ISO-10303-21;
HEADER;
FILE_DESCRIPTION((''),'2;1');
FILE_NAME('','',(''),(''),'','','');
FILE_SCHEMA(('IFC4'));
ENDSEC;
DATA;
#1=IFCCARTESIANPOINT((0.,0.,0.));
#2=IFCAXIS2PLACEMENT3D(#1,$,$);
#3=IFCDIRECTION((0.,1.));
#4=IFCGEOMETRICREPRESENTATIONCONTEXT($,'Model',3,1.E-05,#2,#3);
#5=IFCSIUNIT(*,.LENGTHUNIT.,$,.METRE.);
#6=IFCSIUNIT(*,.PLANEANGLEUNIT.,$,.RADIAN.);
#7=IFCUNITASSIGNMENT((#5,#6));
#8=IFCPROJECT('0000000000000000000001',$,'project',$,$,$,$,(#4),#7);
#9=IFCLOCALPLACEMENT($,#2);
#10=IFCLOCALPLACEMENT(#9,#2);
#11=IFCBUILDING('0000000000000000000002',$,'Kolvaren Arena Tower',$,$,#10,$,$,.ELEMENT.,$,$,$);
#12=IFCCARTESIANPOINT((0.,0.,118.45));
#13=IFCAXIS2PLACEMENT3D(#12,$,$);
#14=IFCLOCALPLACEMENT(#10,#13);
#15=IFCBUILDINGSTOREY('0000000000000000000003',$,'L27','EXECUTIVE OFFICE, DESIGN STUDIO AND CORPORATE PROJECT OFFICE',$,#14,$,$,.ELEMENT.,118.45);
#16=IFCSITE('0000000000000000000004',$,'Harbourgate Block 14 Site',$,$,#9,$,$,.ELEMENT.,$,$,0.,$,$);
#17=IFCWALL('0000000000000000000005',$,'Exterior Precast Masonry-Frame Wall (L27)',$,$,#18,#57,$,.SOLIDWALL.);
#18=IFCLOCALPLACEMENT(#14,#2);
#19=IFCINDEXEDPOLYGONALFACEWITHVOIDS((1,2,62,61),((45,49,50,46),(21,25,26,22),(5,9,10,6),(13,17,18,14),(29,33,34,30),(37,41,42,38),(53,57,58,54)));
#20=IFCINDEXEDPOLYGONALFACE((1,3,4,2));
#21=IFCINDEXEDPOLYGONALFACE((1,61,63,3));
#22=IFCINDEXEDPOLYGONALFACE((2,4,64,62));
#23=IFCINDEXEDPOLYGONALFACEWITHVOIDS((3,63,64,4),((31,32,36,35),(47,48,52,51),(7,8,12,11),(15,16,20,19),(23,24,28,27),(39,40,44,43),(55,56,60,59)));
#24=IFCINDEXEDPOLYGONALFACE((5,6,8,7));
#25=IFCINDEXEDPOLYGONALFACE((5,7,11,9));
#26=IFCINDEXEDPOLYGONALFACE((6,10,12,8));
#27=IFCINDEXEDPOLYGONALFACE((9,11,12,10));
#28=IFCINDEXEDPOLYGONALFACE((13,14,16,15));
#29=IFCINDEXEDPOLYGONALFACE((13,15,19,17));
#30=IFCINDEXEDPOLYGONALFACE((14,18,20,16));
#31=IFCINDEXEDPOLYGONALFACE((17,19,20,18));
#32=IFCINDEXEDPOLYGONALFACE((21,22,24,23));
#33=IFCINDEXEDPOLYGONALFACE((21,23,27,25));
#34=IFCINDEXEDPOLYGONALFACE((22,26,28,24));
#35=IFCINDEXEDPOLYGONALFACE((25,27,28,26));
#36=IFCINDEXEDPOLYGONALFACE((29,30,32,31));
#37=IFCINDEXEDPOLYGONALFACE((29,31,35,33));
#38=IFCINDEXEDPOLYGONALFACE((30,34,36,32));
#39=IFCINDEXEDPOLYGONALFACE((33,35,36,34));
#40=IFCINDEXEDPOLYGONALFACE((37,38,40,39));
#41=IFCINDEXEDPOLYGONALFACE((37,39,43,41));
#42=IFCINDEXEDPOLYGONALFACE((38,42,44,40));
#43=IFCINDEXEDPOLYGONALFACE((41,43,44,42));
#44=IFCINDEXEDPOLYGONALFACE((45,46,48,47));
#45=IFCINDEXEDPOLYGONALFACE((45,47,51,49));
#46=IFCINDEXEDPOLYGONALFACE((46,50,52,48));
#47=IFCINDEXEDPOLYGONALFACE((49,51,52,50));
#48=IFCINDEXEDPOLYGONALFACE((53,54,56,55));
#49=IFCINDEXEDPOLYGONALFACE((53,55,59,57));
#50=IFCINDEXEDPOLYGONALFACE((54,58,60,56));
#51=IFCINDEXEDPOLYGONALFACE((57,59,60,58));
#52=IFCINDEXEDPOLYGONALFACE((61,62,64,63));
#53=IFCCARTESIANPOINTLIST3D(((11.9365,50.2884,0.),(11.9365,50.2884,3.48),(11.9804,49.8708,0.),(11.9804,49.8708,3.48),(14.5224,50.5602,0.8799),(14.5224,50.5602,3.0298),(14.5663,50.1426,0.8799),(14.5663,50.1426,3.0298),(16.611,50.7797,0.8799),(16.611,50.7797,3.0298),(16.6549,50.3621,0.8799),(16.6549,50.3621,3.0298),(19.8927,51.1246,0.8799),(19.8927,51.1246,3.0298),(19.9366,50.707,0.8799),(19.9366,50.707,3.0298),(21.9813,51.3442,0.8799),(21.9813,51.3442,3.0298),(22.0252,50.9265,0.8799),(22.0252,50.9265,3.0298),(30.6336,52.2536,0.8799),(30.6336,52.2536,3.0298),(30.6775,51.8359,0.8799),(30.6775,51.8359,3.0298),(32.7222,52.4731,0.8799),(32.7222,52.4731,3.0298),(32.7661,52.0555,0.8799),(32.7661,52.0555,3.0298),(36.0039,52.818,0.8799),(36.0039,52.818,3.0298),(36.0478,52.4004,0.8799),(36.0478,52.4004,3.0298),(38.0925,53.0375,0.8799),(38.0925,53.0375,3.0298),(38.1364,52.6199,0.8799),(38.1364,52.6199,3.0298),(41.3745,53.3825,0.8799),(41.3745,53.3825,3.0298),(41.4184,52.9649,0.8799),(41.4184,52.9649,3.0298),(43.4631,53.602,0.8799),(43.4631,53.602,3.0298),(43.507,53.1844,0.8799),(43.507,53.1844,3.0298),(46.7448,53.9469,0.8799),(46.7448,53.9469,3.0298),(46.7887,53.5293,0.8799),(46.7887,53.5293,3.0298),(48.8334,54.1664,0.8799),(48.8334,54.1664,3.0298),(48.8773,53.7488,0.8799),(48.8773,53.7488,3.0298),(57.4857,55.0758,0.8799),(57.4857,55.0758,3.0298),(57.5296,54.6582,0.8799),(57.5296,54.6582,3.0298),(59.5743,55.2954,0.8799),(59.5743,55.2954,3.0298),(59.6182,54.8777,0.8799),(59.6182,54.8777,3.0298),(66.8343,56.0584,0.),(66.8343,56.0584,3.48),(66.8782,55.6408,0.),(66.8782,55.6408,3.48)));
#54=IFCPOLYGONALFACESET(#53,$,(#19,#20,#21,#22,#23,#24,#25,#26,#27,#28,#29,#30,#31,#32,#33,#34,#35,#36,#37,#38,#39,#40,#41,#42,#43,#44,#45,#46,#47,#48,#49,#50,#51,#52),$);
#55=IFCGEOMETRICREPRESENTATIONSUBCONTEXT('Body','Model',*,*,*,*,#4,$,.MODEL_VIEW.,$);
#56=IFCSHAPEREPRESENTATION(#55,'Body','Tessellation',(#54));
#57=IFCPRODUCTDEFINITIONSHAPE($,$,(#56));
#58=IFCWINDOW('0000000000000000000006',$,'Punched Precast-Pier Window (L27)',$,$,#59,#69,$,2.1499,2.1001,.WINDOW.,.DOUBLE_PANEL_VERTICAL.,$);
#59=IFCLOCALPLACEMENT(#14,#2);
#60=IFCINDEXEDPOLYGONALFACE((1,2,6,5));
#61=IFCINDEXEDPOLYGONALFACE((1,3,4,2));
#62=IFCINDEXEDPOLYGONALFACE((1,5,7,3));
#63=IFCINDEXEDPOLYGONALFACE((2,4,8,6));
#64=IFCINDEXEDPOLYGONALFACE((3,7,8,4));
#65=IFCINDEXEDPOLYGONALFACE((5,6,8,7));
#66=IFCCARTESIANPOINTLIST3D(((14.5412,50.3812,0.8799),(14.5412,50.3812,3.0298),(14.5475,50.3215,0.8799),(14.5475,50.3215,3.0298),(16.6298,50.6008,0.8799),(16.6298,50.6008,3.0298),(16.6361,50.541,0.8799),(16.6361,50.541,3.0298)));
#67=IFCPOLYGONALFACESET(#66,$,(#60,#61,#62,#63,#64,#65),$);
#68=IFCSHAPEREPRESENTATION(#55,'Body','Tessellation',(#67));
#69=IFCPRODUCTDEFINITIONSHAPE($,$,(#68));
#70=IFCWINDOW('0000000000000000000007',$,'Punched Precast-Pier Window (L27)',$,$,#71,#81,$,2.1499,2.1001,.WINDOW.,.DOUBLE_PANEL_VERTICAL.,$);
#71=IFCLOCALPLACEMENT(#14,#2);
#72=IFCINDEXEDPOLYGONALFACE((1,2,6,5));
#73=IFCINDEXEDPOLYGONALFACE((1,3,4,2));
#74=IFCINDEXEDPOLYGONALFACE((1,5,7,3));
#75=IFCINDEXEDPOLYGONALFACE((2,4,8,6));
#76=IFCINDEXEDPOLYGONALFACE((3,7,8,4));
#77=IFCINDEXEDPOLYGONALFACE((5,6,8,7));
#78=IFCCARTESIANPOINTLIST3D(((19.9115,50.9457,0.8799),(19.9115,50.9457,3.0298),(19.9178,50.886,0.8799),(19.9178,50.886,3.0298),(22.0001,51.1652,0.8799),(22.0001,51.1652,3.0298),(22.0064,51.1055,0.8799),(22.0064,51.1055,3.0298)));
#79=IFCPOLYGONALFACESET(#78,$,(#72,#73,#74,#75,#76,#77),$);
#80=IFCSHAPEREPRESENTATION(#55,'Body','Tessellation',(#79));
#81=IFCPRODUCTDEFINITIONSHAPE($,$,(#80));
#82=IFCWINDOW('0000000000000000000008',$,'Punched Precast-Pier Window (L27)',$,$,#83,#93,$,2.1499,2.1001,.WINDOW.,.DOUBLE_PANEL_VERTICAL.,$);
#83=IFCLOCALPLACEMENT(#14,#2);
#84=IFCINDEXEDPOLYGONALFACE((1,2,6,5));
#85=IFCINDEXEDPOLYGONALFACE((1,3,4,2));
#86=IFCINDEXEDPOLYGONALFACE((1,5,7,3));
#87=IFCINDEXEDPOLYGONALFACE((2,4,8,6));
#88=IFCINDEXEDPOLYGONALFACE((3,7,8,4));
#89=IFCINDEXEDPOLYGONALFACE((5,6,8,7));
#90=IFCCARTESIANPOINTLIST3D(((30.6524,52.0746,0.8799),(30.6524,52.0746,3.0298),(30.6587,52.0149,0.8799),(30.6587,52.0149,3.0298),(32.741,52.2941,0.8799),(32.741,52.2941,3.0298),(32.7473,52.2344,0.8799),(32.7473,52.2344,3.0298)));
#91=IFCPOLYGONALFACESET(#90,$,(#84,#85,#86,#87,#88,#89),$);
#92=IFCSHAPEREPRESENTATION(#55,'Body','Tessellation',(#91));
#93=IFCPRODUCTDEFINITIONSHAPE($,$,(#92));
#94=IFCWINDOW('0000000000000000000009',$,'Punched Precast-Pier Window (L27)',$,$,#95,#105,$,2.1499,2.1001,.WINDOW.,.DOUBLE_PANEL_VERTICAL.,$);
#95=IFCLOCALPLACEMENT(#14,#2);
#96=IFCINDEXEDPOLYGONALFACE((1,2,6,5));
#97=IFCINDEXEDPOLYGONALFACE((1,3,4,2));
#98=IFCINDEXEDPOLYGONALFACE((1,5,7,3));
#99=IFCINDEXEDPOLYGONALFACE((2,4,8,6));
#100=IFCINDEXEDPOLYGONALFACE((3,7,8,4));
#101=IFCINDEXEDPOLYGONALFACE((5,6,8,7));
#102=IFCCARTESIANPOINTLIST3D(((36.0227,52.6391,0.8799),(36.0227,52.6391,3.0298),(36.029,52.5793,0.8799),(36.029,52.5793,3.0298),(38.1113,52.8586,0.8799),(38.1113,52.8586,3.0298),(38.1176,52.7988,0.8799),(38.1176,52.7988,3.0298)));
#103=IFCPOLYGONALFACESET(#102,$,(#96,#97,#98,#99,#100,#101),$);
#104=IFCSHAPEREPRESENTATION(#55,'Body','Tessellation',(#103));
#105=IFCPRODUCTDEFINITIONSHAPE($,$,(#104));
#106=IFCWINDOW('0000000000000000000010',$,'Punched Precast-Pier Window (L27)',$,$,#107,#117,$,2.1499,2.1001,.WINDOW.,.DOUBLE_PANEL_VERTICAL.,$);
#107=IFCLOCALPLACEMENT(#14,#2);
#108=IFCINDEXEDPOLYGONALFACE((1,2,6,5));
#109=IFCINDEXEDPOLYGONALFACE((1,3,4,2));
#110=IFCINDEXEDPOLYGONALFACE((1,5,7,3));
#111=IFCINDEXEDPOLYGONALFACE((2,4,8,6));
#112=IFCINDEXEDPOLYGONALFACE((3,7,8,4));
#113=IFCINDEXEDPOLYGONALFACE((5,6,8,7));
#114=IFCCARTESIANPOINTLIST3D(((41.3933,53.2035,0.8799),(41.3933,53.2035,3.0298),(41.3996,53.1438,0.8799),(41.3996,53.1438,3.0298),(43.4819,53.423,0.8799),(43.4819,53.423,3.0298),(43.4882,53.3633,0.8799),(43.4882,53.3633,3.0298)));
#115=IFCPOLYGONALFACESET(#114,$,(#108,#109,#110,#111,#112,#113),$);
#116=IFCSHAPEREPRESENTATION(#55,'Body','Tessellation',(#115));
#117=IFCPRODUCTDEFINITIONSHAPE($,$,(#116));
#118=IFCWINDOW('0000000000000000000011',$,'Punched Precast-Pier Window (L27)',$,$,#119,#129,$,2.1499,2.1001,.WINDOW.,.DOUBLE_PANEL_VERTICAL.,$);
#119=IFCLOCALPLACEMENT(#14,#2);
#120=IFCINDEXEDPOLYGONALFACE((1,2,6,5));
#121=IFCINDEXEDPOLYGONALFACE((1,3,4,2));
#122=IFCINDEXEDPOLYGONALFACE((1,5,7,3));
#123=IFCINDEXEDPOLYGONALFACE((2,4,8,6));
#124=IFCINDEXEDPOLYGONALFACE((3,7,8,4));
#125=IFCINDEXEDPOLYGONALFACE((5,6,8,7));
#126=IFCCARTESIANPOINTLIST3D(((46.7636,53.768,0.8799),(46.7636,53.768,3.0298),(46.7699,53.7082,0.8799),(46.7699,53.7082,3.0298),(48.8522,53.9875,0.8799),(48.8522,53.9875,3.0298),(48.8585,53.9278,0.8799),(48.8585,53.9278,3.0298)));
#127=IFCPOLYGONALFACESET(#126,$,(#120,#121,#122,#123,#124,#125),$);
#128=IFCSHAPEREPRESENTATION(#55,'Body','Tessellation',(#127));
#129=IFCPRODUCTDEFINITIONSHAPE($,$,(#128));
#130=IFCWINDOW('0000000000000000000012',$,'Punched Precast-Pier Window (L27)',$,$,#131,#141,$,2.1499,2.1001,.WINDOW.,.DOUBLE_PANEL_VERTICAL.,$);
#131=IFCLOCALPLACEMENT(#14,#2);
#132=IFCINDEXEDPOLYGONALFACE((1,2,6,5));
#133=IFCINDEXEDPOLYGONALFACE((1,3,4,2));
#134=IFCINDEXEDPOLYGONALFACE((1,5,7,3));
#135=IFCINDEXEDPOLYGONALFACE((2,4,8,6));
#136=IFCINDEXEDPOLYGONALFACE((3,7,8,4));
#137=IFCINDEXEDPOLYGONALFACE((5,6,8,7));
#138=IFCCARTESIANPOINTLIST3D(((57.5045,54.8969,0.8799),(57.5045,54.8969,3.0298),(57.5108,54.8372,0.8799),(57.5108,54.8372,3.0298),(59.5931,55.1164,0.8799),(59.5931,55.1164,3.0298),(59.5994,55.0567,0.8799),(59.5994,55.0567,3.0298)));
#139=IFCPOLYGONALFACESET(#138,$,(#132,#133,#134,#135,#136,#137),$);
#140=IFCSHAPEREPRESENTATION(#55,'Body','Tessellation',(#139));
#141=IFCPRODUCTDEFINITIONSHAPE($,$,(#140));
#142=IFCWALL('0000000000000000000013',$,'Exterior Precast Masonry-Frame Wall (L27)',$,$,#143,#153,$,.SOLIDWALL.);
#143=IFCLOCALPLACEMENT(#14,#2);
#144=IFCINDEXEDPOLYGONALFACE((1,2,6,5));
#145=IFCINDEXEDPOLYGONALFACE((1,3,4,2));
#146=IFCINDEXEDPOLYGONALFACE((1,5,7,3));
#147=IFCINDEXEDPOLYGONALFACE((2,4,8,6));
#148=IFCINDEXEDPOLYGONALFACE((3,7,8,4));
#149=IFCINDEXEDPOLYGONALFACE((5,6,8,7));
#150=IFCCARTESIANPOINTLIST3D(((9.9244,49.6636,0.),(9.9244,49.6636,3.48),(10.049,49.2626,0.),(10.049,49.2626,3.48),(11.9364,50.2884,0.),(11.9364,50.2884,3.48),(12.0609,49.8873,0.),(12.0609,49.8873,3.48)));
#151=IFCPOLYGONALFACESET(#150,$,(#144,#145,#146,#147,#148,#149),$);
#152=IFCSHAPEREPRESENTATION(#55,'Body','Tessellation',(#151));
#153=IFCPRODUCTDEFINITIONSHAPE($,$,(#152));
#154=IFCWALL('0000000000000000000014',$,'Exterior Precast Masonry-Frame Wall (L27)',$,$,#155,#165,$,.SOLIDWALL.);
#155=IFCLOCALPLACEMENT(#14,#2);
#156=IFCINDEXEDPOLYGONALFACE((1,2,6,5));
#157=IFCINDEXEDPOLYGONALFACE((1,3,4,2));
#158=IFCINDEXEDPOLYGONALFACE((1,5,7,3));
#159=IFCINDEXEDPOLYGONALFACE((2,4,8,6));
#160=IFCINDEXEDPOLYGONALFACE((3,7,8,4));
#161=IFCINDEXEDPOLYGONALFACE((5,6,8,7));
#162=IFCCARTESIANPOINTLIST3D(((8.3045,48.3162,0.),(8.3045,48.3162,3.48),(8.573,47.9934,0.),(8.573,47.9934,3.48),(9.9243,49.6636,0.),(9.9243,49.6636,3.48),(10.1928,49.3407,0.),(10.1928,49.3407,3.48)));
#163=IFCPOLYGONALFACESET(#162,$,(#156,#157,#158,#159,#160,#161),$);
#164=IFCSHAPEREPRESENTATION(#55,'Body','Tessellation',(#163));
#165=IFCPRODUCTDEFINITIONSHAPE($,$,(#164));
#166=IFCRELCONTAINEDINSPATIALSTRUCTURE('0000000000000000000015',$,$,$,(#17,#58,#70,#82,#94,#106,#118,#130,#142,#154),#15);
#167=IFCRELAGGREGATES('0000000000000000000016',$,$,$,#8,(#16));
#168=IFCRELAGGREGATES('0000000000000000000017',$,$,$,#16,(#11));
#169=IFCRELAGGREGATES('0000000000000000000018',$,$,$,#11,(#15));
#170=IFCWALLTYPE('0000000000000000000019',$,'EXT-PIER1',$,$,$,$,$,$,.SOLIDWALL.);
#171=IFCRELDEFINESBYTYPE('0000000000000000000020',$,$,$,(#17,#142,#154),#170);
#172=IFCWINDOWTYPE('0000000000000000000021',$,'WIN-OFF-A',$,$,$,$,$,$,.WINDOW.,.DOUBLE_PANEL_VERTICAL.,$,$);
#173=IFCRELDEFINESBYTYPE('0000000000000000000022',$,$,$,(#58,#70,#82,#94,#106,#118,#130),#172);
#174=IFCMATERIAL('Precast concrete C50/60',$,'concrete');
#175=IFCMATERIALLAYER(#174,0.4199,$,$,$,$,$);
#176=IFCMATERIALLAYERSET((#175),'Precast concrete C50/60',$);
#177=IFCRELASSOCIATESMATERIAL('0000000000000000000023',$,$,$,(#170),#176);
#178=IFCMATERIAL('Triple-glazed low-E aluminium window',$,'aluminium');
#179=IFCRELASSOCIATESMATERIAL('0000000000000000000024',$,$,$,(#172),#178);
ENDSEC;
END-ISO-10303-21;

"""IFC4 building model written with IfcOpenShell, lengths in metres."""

from ifc_helpers import new_model, si_unit, direction, frame, frame_2d, origin, place, context, subcontext, project, spatial, rectangle, extrude, material, layer, layer_set, type_object, element, fill, save


model = new_model("IFC4")

# Units and contexts
model_context = context("Model", 3, precision=1e-05, world=origin(), true_north=direction((0.0, 1.0)))
body_context = subcontext(model_context, "Body", "Model", "MODEL_VIEW")
ifc_project = project(units=[si_unit("LENGTHUNIT", "METRE"), si_unit("PLANEANGLEUNIT", "RADIAN")], contexts=[model_context])

# Site, building, storey
site_placement = place(None, origin())
site = spatial("IfcSite", under=ifc_project, at=site_placement, Name="Harbourgate Block 14 Site", CompositionType="ELEMENT", RefElevation=0.0)
building_placement = place(site_placement, origin())
building = spatial("IfcBuilding", under=site, at=building_placement, Name="Kolvaren Arena Tower", CompositionType="ELEMENT")
storey_placement = place(building_placement, frame((0.0, 0.0, 118.45)))
storey = spatial("IfcBuildingStorey", under=building, at=storey_placement, Name="L27", Description="EXECUTIVE OFFICE, DESIGN STUDIO AND CORPORATE PROJECT OFFICE", CompositionType="ELEMENT", Elevation=118.45)

# Wall, openings, windows
ifc_material_1 = material(Name="Precast concrete C50/60", Category="concrete")
ifc_layer = layer(ifc_material_1, 0.4199)
ifc_layer_set = layer_set([ifc_layer], Name="Precast concrete C50/60")
wall_type = type_object("IfcWallType", Name="EXT-PIER1", PredefinedType="SOLIDWALL", material=ifc_layer_set)
wall_1_placement = place(storey_placement, frame((11.9585, 50.0796, 0.0), z_axis=(0.0, 0.0, 1.0), x_axis=(0.994522, 0.104529, 0.0)))
wall_1 = element("IfcWall", 1, at=wall_1_placement, inside=storey, type_object=wall_type, Name="Exterior Precast Masonry-Frame Wall (L27)", PredefinedType="SOLIDWALL", context=body_context, shape_type="SweptSolid", body=[
    extrude(rectangle(XDim=55.2002, YDim=0.4199, at=frame_2d((27.6001, 0.0))), origin(), (0.0, 0.0, 1.0), 3.48),
])
opening_1_placement = place(wall_1_placement, frame((2.6001, 0.0, 0.8799)))
opening_1 = element("IfcOpeningElement", 2, at=opening_1_placement, cuts=wall_1, PredefinedType="OPENING", context=body_context, shape_type="SweptSolid", body=[
    extrude(rectangle(XDim=2.1001, YDim=2.1499, at=frame_2d((1.05, 1.075))), frame((0.0, 0.22, 0.0), z_axis=(0.0, -1.0, 0.0), x_axis=(1.0, 0.0, 0.0)), (0.0, 0.0, 1.0), 0.4399),
])
opening_2_placement = place(wall_1_placement, frame((8.0, 0.0, 0.8799)))
opening_2 = element("IfcOpeningElement", 3, at=opening_2_placement, cuts=wall_1, PredefinedType="OPENING", context=body_context, shape_type="SweptSolid", body=[
    extrude(rectangle(XDim=2.1001, YDim=2.1499, at=frame_2d((1.05, 1.075))), frame((0.0, 0.22, 0.0), z_axis=(0.0, -1.0, 0.0), x_axis=(1.0, 0.0, 0.0)), (0.0, 0.0, 1.0), 0.4399),
])
opening_3_placement = place(wall_1_placement, frame((18.8, 0.0, 0.8799)))
opening_3 = element("IfcOpeningElement", 4, at=opening_3_placement, cuts=wall_1, PredefinedType="OPENING", context=body_context, shape_type="SweptSolid", body=[
    extrude(rectangle(XDim=2.1001, YDim=2.1499, at=frame_2d((1.05, 1.075))), frame((0.0, 0.22, 0.0), z_axis=(0.0, -1.0, 0.0), x_axis=(1.0, 0.0, 0.0)), (0.0, 0.0, 1.0), 0.4399),
])
opening_4_placement = place(wall_1_placement, frame((24.2, 0.0, 0.8799)))
opening_4 = element("IfcOpeningElement", 5, at=opening_4_placement, cuts=wall_1, PredefinedType="OPENING", context=body_context, shape_type="SweptSolid", body=[
    extrude(rectangle(XDim=2.1001, YDim=2.1499, at=frame_2d((1.05, 1.075))), frame((0.0, 0.22, 0.0), z_axis=(0.0, -1.0, 0.0), x_axis=(1.0, 0.0, 0.0)), (0.0, 0.0, 1.0), 0.4399),
])
opening_5_placement = place(wall_1_placement, frame((29.6001, 0.0, 0.8799)))
opening_5 = element("IfcOpeningElement", 6, at=opening_5_placement, cuts=wall_1, PredefinedType="OPENING", context=body_context, shape_type="SweptSolid", body=[
    extrude(rectangle(XDim=2.1001, YDim=2.1499, at=frame_2d((1.05, 1.075))), frame((0.0, 0.22, 0.0), z_axis=(0.0, -1.0, 0.0), x_axis=(1.0, 0.0, 0.0)), (0.0, 0.0, 1.0), 0.4399),
])
opening_6_placement = place(wall_1_placement, frame((35.0, 0.0, 0.8799)))
opening_6 = element("IfcOpeningElement", 7, at=opening_6_placement, cuts=wall_1, PredefinedType="OPENING", context=body_context, shape_type="SweptSolid", body=[
    extrude(rectangle(XDim=2.1001, YDim=2.1499, at=frame_2d((1.05, 1.075))), frame((0.0, 0.22, 0.0), z_axis=(0.0, -1.0, 0.0), x_axis=(1.0, 0.0, 0.0)), (0.0, 0.0, 1.0), 0.4399),
])
opening_7_placement = place(wall_1_placement, frame((45.8, 0.0, 0.8799)))
opening_7 = element("IfcOpeningElement", 8, at=opening_7_placement, cuts=wall_1, PredefinedType="OPENING", context=body_context, shape_type="SweptSolid", body=[
    extrude(rectangle(XDim=2.1001, YDim=2.1499, at=frame_2d((1.05, 1.075))), frame((0.0, 0.22, 0.0), z_axis=(0.0, -1.0, 0.0), x_axis=(1.0, 0.0, 0.0)), (0.0, 0.0, 1.0), 0.4399),
])
ifc_material_2 = material(Name="Triple-glazed low-E aluminium window", Category="aluminium")
window_type = type_object("IfcWindowType", Name="WIN-OFF-A", PartitioningType="DOUBLE_PANEL_VERTICAL", PredefinedType="WINDOW", material=ifc_material_2)
window_1_placement = place(opening_1_placement, origin())
window_1 = element("IfcWindow", 9, at=window_1_placement, inside=storey, type_object=window_type, Name="Punched Precast-Pier Window (L27)", OverallHeight=2.1499, OverallWidth=2.1001, PartitioningType="DOUBLE_PANEL_VERTICAL", PredefinedType="WINDOW", context=body_context, shape_type="SweptSolid", body=[
    extrude(rectangle(XDim=2.1001, YDim=2.1499, at=frame_2d((1.05, 1.075))), frame((0.0, 0.03, 0.0), z_axis=(0.0, -1.0, 0.0), x_axis=(1.0, 0.0, 0.0)), (0.0, 0.0, 1.0), 0.0601),
])
fill(opening_1, window_1)
window_2_placement = place(opening_2_placement, origin())
window_2 = element("IfcWindow", 10, at=window_2_placement, inside=storey, type_object=window_type, Name="Punched Precast-Pier Window (L27)", OverallHeight=2.1499, OverallWidth=2.1001, PartitioningType="DOUBLE_PANEL_VERTICAL", PredefinedType="WINDOW", context=body_context, shape_type="SweptSolid", body=[
    extrude(rectangle(XDim=2.1001, YDim=2.1499, at=frame_2d((1.05, 1.075))), frame((0.0, 0.03, 0.0), z_axis=(0.0, -1.0, 0.0), x_axis=(1.0, 0.0, 0.0)), (0.0, 0.0, 1.0), 0.0601),
])
fill(opening_2, window_2)
window_3_placement = place(opening_3_placement, origin())
window_3 = element("IfcWindow", 11, at=window_3_placement, inside=storey, type_object=window_type, Name="Punched Precast-Pier Window (L27)", OverallHeight=2.1499, OverallWidth=2.1001, PartitioningType="DOUBLE_PANEL_VERTICAL", PredefinedType="WINDOW", context=body_context, shape_type="SweptSolid", body=[
    extrude(rectangle(XDim=2.1001, YDim=2.1499, at=frame_2d((1.05, 1.075))), frame((0.0, 0.03, 0.0), z_axis=(0.0, -1.0, 0.0), x_axis=(1.0, 0.0, 0.0)), (0.0, 0.0, 1.0), 0.0601),
])
fill(opening_3, window_3)
window_4_placement = place(opening_4_placement, origin())
window_4 = element("IfcWindow", 12, at=window_4_placement, inside=storey, type_object=window_type, Name="Punched Precast-Pier Window (L27)", OverallHeight=2.1499, OverallWidth=2.1001, PartitioningType="DOUBLE_PANEL_VERTICAL", PredefinedType="WINDOW", context=body_context, shape_type="SweptSolid", body=[
    extrude(rectangle(XDim=2.1001, YDim=2.1499, at=frame_2d((1.05, 1.075))), frame((0.0, 0.03, 0.0), z_axis=(0.0, -1.0, 0.0), x_axis=(1.0, 0.0, 0.0)), (0.0, 0.0, 1.0), 0.0601),
])
fill(opening_4, window_4)
window_5_placement = place(opening_5_placement, origin())
window_5 = element("IfcWindow", 13, at=window_5_placement, inside=storey, type_object=window_type, Name="Punched Precast-Pier Window (L27)", OverallHeight=2.1499, OverallWidth=2.1001, PartitioningType="DOUBLE_PANEL_VERTICAL", PredefinedType="WINDOW", context=body_context, shape_type="SweptSolid", body=[
    extrude(rectangle(XDim=2.1001, YDim=2.1499, at=frame_2d((1.05, 1.075))), frame((0.0, 0.03, 0.0), z_axis=(0.0, -1.0, 0.0), x_axis=(1.0, 0.0, 0.0)), (0.0, 0.0, 1.0), 0.0601),
])
fill(opening_5, window_5)
window_6_placement = place(opening_6_placement, origin())
window_6 = element("IfcWindow", 14, at=window_6_placement, inside=storey, type_object=window_type, Name="Punched Precast-Pier Window (L27)", OverallHeight=2.1499, OverallWidth=2.1001, PartitioningType="DOUBLE_PANEL_VERTICAL", PredefinedType="WINDOW", context=body_context, shape_type="SweptSolid", body=[
    extrude(rectangle(XDim=2.1001, YDim=2.1499, at=frame_2d((1.05, 1.075))), frame((0.0, 0.03, 0.0), z_axis=(0.0, -1.0, 0.0), x_axis=(1.0, 0.0, 0.0)), (0.0, 0.0, 1.0), 0.0601),
])
fill(opening_6, window_6)
window_7_placement = place(opening_7_placement, origin())
window_7 = element("IfcWindow", 15, at=window_7_placement, inside=storey, type_object=window_type, Name="Punched Precast-Pier Window (L27)", OverallHeight=2.1499, OverallWidth=2.1001, PartitioningType="DOUBLE_PANEL_VERTICAL", PredefinedType="WINDOW", context=body_context, shape_type="SweptSolid", body=[
    extrude(rectangle(XDim=2.1001, YDim=2.1499, at=frame_2d((1.05, 1.075))), frame((0.0, 0.03, 0.0), z_axis=(0.0, -1.0, 0.0), x_axis=(1.0, 0.0, 0.0)), (0.0, 0.0, 1.0), 0.0601),
])
fill(opening_7, window_7)

# Walls
wall_2_placement = place(storey_placement, frame((9.9868, 49.4631, 0.0), z_axis=(0.0, 0.0, 1.0), x_axis=(0.955017, 0.296552, 0.0)))
element("IfcWall", 16, at=wall_2_placement, inside=storey, type_object=wall_type, Name="Exterior Precast Masonry-Frame Wall (L27)", PredefinedType="SOLIDWALL", context=body_context, shape_type="SweptSolid", body=[
    extrude(rectangle(XDim=2.1067, YDim=0.4199, at=frame_2d((1.0532, 0.0))), origin(), (0.0, 0.0, 1.0), 3.48),
])
wall_3_placement = place(storey_placement, frame((8.4387, 48.1548, 0.0), z_axis=(0.0, 0.0, 1.0), x_axis=(0.7688, 0.639489, 0.0)))
element("IfcWall", 17, at=wall_3_placement, inside=storey, type_object=wall_type, Name="Exterior Precast Masonry-Frame Wall (L27)", PredefinedType="SOLIDWALL", context=body_context, shape_type="SweptSolid", body=[
    extrude(rectangle(XDim=2.1069, YDim=0.4199, at=frame_2d((1.0535, 0.0))), origin(), (0.0, 0.0, 1.0), 3.48),
])

save(model, "model.ifc")
